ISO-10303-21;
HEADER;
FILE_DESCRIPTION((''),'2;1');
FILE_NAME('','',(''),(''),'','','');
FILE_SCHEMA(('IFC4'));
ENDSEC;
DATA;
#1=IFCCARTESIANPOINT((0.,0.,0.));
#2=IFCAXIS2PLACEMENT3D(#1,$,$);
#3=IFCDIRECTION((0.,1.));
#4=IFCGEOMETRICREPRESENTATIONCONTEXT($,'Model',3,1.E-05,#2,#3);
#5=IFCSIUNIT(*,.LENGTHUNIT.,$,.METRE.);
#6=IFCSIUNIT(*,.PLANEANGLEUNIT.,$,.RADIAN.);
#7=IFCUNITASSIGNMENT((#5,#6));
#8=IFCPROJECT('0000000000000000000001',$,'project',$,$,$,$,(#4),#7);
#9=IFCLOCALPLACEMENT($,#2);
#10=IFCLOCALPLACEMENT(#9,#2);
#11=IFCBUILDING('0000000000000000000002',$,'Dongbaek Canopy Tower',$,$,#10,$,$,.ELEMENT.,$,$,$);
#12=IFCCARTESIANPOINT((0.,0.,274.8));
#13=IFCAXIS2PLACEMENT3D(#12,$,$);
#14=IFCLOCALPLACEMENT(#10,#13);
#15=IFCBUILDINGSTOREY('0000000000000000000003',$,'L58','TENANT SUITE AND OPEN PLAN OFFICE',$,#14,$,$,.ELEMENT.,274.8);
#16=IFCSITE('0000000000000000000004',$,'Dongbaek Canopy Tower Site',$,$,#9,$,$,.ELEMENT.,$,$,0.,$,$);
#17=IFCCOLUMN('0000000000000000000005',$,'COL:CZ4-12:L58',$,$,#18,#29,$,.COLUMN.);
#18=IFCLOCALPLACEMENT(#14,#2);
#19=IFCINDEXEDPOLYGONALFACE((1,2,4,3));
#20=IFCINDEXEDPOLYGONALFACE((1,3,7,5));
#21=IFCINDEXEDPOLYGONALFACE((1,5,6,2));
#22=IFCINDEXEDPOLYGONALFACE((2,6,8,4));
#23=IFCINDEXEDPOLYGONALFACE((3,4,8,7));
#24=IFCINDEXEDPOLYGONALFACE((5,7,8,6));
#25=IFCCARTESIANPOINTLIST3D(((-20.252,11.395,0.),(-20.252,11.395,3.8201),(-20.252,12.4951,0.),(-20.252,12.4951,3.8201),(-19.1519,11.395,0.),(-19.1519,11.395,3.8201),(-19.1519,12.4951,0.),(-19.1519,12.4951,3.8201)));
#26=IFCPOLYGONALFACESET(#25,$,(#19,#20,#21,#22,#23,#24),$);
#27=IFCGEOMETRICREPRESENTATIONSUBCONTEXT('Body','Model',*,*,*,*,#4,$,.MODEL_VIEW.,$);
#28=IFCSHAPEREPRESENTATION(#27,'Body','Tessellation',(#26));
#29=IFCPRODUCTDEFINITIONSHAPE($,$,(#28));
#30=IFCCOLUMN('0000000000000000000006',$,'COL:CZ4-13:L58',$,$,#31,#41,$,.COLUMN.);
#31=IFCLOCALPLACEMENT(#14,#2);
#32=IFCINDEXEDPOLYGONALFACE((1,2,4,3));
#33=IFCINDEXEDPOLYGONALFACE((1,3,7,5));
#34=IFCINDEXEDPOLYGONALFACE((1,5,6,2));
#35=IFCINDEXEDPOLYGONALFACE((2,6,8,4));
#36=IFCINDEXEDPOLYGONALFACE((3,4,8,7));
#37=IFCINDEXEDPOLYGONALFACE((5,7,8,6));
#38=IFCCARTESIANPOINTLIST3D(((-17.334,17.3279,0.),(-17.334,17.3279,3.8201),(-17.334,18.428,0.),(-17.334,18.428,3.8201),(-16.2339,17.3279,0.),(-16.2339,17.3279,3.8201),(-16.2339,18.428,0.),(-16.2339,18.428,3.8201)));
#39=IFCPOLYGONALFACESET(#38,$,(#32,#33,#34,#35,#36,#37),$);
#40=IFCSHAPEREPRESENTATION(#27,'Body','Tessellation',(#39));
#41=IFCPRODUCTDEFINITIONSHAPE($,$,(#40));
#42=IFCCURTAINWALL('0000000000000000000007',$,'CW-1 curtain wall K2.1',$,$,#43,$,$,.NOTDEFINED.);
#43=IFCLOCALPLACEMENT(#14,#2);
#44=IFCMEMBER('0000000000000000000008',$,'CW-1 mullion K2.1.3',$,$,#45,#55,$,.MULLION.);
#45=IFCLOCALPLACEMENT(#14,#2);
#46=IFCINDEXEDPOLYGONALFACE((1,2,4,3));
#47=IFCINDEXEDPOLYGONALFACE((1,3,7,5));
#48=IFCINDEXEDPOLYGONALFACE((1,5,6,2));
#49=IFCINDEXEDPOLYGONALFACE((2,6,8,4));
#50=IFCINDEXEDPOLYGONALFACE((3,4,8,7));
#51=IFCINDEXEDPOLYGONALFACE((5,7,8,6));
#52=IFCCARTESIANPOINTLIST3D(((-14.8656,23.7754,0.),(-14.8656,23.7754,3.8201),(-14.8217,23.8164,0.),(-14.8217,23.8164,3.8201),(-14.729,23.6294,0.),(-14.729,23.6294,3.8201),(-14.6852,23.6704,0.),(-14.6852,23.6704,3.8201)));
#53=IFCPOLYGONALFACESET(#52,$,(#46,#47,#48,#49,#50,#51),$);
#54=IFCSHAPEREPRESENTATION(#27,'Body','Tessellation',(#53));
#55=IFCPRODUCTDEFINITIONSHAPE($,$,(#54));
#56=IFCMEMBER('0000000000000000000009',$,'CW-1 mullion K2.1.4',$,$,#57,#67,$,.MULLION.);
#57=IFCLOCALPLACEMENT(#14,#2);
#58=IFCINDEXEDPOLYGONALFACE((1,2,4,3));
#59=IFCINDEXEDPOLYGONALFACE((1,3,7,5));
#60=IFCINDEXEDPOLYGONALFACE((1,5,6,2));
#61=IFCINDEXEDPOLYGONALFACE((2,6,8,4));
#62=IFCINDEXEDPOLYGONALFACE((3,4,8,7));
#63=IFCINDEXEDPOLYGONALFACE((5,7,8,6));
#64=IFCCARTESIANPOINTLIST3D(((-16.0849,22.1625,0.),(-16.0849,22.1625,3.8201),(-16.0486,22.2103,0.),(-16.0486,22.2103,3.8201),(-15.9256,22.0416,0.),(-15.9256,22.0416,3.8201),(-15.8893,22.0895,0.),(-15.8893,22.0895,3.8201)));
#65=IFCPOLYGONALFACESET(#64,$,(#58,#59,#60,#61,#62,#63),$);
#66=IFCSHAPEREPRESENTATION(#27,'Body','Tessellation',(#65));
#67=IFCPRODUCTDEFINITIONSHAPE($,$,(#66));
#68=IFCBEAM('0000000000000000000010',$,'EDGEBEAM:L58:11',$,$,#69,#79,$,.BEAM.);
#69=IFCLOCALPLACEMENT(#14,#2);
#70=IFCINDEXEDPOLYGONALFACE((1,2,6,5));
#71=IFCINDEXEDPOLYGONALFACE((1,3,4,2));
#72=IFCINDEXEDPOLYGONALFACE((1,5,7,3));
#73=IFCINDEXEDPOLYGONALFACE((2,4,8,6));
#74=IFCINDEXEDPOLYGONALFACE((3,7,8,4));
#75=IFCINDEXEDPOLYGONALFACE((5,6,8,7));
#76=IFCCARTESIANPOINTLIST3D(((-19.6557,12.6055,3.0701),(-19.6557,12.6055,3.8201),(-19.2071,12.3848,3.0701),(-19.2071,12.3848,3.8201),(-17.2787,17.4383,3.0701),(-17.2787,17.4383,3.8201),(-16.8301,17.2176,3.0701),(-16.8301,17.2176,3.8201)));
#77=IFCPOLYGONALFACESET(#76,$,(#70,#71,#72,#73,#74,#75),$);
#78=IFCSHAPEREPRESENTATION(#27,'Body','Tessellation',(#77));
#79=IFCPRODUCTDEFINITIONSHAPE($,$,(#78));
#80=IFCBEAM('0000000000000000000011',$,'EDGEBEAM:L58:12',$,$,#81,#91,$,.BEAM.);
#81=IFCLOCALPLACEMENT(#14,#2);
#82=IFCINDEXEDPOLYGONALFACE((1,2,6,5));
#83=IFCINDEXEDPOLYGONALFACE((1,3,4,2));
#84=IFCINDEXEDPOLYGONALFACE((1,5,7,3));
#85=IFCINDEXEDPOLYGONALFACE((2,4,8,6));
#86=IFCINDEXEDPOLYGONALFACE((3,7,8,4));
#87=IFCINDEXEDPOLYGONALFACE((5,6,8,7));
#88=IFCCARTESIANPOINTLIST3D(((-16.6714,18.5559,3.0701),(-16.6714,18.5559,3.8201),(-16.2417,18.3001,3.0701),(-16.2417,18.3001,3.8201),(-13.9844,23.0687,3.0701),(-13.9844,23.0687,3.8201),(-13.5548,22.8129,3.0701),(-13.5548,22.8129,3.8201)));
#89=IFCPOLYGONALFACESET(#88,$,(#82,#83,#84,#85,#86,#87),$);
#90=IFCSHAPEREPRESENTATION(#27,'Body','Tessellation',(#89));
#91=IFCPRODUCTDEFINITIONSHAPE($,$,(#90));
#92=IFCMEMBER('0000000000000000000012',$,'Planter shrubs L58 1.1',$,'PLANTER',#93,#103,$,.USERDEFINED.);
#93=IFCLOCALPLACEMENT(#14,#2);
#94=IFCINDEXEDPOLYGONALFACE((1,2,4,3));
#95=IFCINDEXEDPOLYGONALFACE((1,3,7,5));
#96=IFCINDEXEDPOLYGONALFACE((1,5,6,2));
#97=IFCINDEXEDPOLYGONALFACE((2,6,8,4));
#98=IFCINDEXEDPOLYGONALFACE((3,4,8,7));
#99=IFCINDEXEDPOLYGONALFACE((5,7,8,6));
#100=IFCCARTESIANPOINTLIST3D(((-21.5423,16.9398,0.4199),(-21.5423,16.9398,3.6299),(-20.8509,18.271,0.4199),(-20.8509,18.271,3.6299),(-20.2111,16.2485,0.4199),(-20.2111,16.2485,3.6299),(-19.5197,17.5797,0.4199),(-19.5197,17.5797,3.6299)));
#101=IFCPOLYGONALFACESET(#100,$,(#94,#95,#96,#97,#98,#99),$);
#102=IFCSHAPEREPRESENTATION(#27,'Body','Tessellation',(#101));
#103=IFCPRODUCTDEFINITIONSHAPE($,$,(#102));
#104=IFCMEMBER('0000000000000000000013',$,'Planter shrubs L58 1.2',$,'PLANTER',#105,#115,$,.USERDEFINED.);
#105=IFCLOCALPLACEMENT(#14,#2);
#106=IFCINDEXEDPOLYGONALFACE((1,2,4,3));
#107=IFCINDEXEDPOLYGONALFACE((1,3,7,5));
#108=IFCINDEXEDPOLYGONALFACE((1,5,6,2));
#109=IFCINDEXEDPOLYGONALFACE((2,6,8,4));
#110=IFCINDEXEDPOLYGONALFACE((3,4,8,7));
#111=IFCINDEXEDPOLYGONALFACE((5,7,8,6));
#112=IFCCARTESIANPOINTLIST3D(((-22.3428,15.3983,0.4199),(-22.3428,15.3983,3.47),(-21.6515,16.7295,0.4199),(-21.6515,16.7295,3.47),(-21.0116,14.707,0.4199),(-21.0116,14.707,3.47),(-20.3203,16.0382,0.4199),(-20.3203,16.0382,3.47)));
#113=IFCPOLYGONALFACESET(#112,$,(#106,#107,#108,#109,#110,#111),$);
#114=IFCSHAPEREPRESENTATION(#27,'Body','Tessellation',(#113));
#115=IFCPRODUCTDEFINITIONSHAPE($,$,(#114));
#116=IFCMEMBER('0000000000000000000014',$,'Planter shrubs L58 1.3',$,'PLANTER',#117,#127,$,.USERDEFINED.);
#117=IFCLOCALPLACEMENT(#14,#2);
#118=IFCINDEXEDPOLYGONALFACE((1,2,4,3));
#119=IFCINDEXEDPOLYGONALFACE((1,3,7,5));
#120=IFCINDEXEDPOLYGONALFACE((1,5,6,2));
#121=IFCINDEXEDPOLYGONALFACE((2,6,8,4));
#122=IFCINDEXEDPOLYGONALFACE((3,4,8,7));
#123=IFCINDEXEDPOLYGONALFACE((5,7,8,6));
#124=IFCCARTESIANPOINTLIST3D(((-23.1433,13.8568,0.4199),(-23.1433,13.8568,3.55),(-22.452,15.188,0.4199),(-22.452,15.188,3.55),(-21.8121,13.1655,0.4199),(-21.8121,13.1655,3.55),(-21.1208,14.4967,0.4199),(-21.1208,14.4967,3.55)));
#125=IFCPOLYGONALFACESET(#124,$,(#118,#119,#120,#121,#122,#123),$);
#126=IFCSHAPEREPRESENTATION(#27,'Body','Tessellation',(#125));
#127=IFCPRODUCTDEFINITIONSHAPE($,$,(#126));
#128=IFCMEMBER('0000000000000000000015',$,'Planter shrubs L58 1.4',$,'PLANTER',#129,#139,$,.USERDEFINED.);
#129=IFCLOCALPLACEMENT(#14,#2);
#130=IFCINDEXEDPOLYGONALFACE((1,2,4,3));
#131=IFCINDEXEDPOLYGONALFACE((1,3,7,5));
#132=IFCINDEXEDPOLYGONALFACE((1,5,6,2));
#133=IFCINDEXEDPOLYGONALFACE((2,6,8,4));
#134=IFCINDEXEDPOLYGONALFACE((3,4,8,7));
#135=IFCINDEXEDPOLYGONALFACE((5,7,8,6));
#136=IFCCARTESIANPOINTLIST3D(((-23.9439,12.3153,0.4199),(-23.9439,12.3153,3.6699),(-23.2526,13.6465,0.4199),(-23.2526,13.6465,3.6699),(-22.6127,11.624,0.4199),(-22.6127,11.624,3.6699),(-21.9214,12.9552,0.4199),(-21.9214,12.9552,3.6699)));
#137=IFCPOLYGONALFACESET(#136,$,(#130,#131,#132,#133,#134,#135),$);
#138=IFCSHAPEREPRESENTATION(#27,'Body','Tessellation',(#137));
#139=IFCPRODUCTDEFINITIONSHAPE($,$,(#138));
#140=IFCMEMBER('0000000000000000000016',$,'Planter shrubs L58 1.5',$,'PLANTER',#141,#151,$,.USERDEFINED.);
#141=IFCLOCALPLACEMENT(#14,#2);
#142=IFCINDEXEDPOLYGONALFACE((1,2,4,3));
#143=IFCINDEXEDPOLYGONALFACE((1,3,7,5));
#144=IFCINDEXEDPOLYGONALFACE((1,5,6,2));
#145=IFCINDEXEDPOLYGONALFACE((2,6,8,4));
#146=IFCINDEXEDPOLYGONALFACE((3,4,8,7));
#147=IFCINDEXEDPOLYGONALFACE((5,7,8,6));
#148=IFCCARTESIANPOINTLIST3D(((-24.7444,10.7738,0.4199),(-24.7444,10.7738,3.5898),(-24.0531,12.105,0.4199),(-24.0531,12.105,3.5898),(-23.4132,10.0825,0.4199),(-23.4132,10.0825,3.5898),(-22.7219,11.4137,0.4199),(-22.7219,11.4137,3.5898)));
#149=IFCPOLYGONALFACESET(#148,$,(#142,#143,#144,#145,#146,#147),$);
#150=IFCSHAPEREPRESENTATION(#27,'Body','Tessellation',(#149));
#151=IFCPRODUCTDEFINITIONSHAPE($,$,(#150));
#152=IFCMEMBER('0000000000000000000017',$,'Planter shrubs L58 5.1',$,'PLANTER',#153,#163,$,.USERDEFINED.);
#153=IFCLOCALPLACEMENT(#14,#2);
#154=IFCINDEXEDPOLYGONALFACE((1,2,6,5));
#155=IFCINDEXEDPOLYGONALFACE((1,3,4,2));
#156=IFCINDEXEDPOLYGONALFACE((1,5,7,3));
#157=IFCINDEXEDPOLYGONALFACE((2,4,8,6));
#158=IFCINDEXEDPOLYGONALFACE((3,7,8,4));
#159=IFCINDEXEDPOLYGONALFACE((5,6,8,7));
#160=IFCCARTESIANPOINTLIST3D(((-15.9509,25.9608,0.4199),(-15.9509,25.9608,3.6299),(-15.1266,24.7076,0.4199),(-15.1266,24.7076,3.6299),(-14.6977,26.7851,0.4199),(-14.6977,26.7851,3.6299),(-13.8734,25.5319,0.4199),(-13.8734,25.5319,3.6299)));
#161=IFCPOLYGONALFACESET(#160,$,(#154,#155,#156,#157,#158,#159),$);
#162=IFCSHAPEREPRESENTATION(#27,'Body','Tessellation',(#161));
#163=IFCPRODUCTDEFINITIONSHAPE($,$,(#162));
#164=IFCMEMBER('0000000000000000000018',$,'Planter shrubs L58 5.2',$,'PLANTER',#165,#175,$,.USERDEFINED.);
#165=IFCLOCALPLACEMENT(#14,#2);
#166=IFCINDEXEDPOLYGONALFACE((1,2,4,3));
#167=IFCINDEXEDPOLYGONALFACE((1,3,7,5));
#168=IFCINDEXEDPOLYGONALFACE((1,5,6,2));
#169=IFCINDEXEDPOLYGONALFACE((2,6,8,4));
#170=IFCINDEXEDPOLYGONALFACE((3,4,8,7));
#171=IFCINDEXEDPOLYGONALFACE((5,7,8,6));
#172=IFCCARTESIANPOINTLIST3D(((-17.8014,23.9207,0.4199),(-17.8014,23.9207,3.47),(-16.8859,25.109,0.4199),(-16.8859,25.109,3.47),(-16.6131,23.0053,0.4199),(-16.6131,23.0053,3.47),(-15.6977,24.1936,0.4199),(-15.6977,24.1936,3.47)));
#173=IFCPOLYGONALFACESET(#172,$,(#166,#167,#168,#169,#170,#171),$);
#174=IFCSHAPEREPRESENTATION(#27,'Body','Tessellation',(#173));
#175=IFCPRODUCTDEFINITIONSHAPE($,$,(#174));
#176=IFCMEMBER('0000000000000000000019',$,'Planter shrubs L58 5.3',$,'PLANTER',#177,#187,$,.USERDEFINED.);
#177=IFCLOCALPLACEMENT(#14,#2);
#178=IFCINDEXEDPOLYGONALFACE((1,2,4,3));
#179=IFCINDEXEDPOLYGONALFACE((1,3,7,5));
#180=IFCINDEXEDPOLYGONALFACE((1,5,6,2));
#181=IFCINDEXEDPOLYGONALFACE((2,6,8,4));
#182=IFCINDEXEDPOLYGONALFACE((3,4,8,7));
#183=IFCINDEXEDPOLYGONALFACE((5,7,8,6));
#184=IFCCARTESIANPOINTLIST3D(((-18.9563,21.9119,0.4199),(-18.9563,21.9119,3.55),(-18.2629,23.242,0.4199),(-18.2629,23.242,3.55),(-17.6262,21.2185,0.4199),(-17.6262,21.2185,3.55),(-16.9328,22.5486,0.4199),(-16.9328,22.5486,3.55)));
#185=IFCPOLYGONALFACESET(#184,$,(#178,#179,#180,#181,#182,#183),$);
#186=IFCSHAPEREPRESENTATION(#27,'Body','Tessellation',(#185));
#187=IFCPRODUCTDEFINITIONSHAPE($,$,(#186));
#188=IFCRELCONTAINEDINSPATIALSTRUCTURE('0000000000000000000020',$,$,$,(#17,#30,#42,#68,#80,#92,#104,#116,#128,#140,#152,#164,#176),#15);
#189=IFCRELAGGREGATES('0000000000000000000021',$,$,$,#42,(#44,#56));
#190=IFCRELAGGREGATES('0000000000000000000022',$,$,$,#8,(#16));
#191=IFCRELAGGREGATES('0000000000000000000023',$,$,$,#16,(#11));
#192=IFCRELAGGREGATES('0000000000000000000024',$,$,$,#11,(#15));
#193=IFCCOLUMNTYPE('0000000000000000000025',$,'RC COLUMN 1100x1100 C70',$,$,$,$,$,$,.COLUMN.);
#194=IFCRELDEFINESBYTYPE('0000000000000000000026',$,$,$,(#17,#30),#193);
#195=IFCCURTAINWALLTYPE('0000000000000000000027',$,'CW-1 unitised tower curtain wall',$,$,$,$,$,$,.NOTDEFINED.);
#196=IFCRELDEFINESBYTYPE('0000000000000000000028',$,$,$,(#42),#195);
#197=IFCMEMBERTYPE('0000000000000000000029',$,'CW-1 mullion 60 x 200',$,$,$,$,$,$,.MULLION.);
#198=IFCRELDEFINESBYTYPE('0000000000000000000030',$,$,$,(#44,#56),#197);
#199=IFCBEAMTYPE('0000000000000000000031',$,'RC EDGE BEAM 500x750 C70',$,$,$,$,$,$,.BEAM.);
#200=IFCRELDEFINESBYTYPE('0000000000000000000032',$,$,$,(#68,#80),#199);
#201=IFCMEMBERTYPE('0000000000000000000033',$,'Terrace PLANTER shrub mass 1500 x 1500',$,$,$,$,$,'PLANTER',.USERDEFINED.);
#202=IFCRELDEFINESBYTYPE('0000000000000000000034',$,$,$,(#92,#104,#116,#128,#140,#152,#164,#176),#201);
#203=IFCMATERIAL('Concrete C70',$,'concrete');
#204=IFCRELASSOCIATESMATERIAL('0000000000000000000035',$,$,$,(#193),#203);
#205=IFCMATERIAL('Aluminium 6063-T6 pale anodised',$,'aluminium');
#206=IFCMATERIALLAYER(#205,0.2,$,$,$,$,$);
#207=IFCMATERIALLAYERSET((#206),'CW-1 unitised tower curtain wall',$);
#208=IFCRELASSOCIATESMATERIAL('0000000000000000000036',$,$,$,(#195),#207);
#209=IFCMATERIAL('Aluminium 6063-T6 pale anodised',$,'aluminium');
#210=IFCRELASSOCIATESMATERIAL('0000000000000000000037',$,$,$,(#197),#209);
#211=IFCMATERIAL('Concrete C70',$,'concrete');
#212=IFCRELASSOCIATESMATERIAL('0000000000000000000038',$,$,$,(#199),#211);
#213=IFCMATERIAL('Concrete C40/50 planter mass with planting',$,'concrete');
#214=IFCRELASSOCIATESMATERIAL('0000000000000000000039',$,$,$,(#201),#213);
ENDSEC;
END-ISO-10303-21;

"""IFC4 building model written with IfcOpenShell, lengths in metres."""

from ifc_helpers import new_model, si_unit, direction, frame, origin, origin_2d, place, context, subcontext, project, spatial, rectangle, extrude, material, layer, layer_set, material_profile, profile_set, type_object, element, aggregate, save


model = new_model("IFC4")

# Units and contexts
model_context = context("Model", 3, precision=1e-05, world=origin(), true_north=direction((0.0, 1.0)))
body_context = subcontext(model_context, "Body", "Model", "MODEL_VIEW")
ifc_project = project(units=[si_unit("LENGTHUNIT", "METRE"), si_unit("PLANEANGLEUNIT", "RADIAN")], contexts=[model_context])

# Site, building, storey
site_placement = place(None, origin())
site = spatial("IfcSite", under=ifc_project, at=site_placement, Name="Dongbaek Canopy Tower Site", CompositionType="ELEMENT", RefElevation=0.0)
building_placement = place(site_placement, origin())
building = spatial("IfcBuilding", under=site, at=building_placement, Name="Dongbaek Canopy Tower", CompositionType="ELEMENT")
storey_placement = place(building_placement, frame((0.0, 0.0, 274.8)))
storey = spatial("IfcBuildingStorey", under=building, at=storey_placement, Name="L58", Description="TENANT SUITE AND OPEN PLAN OFFICE", CompositionType="ELEMENT", Elevation=274.8)

# Columns
ifc_material_1 = material(Name="Concrete C70", Category="concrete")
ifc_material_profile_1 = material_profile(ifc_material_1, rectangle(XDim=1.1001, YDim=1.1001, at=origin_2d()), Name="RC COLUMN 1100x1100 C70")
ifc_profile_set_1 = profile_set([ifc_material_profile_1], Name="Concrete C70")
column_type = type_object("IfcColumnType", Name="RC COLUMN 1100x1100 C70", PredefinedType="COLUMN", material=ifc_profile_set_1)
for number, where, z_axis, x_axis, name in (
    (1, (-19.7019, 11.9451, 0.0), (0.0, 0.0, 1.0), (1.0, 0.0, 0.0), "COL:CZ4-12:L58"),
    (2, (-16.7839, 17.8779, 0.0), (0.0, 0.0, 1.0), (1.0, 0.0, 0.0), "COL:CZ4-13:L58"),
):
    element("IfcColumn", number, at=place(storey_placement, frame(where, z_axis=z_axis, x_axis=x_axis)), inside=storey, type_object=column_type, Name=name, PredefinedType="COLUMN", context=body_context, shape_type="SweptSolid", body=[
        extrude(rectangle(XDim=1.1001, YDim=1.1001, at=origin_2d()), origin(), (0.0, 0.0, 1.0), 3.8201),
    ])

# Curtain wall, members
ifc_material_2 = material(Name="Aluminium 6063-T6 pale anodised", Category="aluminium")
ifc_layer_1 = layer(ifc_material_2, 0.2)
ifc_layer_set_1 = layer_set([ifc_layer_1], Name="CW-1 unitised tower curtain wall")
curtain_wall_type = type_object("IfcCurtainWallType", Name="CW-1 unitised tower curtain wall", PredefinedType="NOTDEFINED", material=ifc_layer_set_1)
curtain_wall_placement = place(storey_placement, origin())
curtain_wall = element("IfcCurtainWall", 3, at=curtain_wall_placement, inside=storey, type_object=curtain_wall_type, Name="CW-1 curtain wall K2.1", PredefinedType="NOTDEFINED")
ifc_material_3 = material(Name="Aluminium 6063-T6 pale anodised", Category="aluminium")
ifc_material_profile_2 = material_profile(ifc_material_3, rectangle(XDim=0.2, YDim=0.0601, at=origin_2d()), Name="CW-1 mullion 60 x 200")
ifc_profile_set_2 = profile_set([ifc_material_profile_2], Name="Aluminium 6063-T6 pale anodised")
member_type_1 = type_object("IfcMemberType", Name="CW-1 mullion 60 x 200", PredefinedType="MULLION", material=ifc_profile_set_2)
member_1_placement = place(storey_placement, frame((-14.7754, 23.7229, 0.0), z_axis=(0.0, 0.0, 1.0), x_axis=(-0.682961, 0.730455, 0.0)))
member_1 = element("IfcMember", 4, at=member_1_placement, type_object=member_type_1, Name="CW-1 mullion K2.1.3", PredefinedType="MULLION", context=body_context, shape_type="SweptSolid", body=[
    extrude(rectangle(XDim=0.2, YDim=0.0601, at=origin_2d()), origin(), (0.0, 0.0, 1.0), 3.8201),
])
member_2_placement = place(storey_placement, frame((-15.9871, 22.126, 0.0), z_axis=(0.0, 0.0, 1.0), x_axis=(-0.796696, 0.60438, 0.0)))
member_2 = element("IfcMember", 5, at=member_2_placement, type_object=member_type_1, Name="CW-1 mullion K2.1.4", PredefinedType="MULLION", context=body_context, shape_type="SweptSolid", body=[
    extrude(rectangle(XDim=0.2, YDim=0.0601, at=origin_2d()), origin(), (0.0, 0.0, 1.0), 3.8201),
])

# Beams
ifc_material_4 = material(Name="Concrete C70", Category="concrete")
ifc_material_profile_3 = material_profile(ifc_material_4, rectangle(XDim=0.5, YDim=0.75, at=origin_2d()), Name="RC EDGE BEAM 500x750 C70")
ifc_profile_set_3 = profile_set([ifc_material_profile_3], Name="Concrete C70")
beam_type = type_object("IfcBeamType", Name="RC EDGE BEAM 500x750 C70", PredefinedType="BEAM", material=ifc_profile_set_3)
beam_1_placement = place(storey_placement, frame((-19.4314, 12.4951, 3.4451), z_axis=(0.441347, 0.897336, 0.0), x_axis=(-0.897336, 0.441347, 0.0)))
element("IfcBeam", 6, at=beam_1_placement, inside=storey, type_object=beam_type, Name="EDGEBEAM:L58:11", PredefinedType="BEAM", context=body_context, shape_type="SweptSolid", body=[
    extrude(rectangle(XDim=0.5, YDim=0.75, at=origin_2d()), origin(), (0.0, 0.0, 1.0), 5.3857),
])
beam_2_placement = place(storey_placement, frame((-16.4565, 18.428, 3.4451), z_axis=(0.511588, 0.859231, 0.0), x_axis=(-0.859231, 0.511588, 0.0)))
element("IfcBeam", 7, at=beam_2_placement, inside=storey, type_object=beam_type, Name="EDGEBEAM:L58:12", PredefinedType="BEAM", context=body_context, shape_type="SweptSolid", body=[
    extrude(rectangle(XDim=0.5, YDim=0.75, at=origin_2d()), origin(), (0.0, 0.0, 1.0), 5.2522),
])

# Members
ifc_material_5 = material(Name="Concrete C40/50 planter mass with planting", Category="concrete")
ifc_material_profile_4 = material_profile(ifc_material_5, rectangle(XDim=1.5, YDim=1.5, at=origin_2d()), Name="Terrace PLANTER shrub mass 1500 x 1500")
ifc_profile_set_4 = profile_set([ifc_material_profile_4], Name="Concrete C40/50 planter mass with planting")
member_type_2 = type_object("IfcMemberType", Name="Terrace PLANTER shrub mass 1500 x 1500", ElementType="PLANTER", PredefinedType="USERDEFINED", material=ifc_profile_set_4)
member_3_placement = place(storey_placement, frame((-20.531, 17.2598, 0.4199), z_axis=(0.0, 0.0, 1.0), x_axis=(-0.887462, 0.46088, 0.0)))
element("IfcMember", 8, at=member_3_placement, inside=storey, type_object=member_type_2, Name="Planter shrubs L58 1.1", ObjectType="PLANTER", PredefinedType="USERDEFINED", context=body_context, shape_type="SweptSolid", body=[
    extrude(rectangle(XDim=1.5, YDim=1.5, at=origin_2d()), origin(), (0.0, 0.0, 1.0), 3.21),
])
member_4_placement = place(storey_placement, frame((-21.3315, 15.7183, 0.4199), z_axis=(0.0, 0.0, 1.0), x_axis=(-0.887462, 0.46088, 0.0)))
element("IfcMember", 9, at=member_4_placement, inside=storey, type_object=member_type_2, Name="Planter shrubs L58 1.2", ObjectType="PLANTER", PredefinedType="USERDEFINED", context=body_context, shape_type="SweptSolid", body=[
    extrude(rectangle(XDim=1.5, YDim=1.5, at=origin_2d()), origin(), (0.0, 0.0, 1.0), 3.05),
])
member_5_placement = place(storey_placement, frame((-22.1321, 14.1768, 0.4199), z_axis=(0.0, 0.0, 1.0), x_axis=(-0.887462, 0.46088, 0.0)))
element("IfcMember", 10, at=member_5_placement, inside=storey, type_object=member_type_2, Name="Planter shrubs L58 1.3", ObjectType="PLANTER", PredefinedType="USERDEFINED", context=body_context, shape_type="SweptSolid", body=[
    extrude(rectangle(XDim=1.5, YDim=1.5, at=origin_2d()), origin(), (0.0, 0.0, 1.0), 3.1301),
])
member_6_placement = place(storey_placement, frame((-22.9326, 12.6353, 0.4199), z_axis=(0.0, 0.0, 1.0), x_axis=(-0.887462, 0.46088, 0.0)))
element("IfcMember", 11, at=member_6_placement, inside=storey, type_object=member_type_2, Name="Planter shrubs L58 1.4", ObjectType="PLANTER", PredefinedType="USERDEFINED", context=body_context, shape_type="SweptSolid", body=[
    extrude(rectangle(XDim=1.5, YDim=1.5, at=origin_2d()), origin(), (0.0, 0.0, 1.0), 3.25),
])
member_7_placement = place(storey_placement, frame((-23.7332, 11.0938, 0.4199), z_axis=(0.0, 0.0, 1.0), x_axis=(-0.887462, 0.46088, 0.0)))
element("IfcMember", 12, at=member_7_placement, inside=storey, type_object=member_type_2, Name="Planter shrubs L58 1.5", ObjectType="PLANTER", PredefinedType="USERDEFINED", context=body_context, shape_type="SweptSolid", body=[
    extrude(rectangle(XDim=1.5, YDim=1.5, at=origin_2d()), origin(), (0.0, 0.0, 1.0), 3.1699),
])
member_8_placement = place(storey_placement, frame((-14.9121, 25.7463, 0.4199), z_axis=(0.0, 0.0, 1.0), x_axis=(-0.549535, 0.835471, 0.0)))
element("IfcMember", 13, at=member_8_placement, inside=storey, type_object=member_type_2, Name="Planter shrubs L58 5.1", ObjectType="PLANTER", PredefinedType="USERDEFINED", context=body_context, shape_type="SweptSolid", body=[
    extrude(rectangle(XDim=1.5, YDim=1.5, at=origin_2d()), origin(), (0.0, 0.0, 1.0), 3.21),
])
member_9_placement = place(storey_placement, frame((-16.7495, 24.0571, 0.4199), z_axis=(0.0, 0.0, 1.0), x_axis=(-0.792187, 0.610278, 0.0)))
element("IfcMember", 14, at=member_9_placement, inside=storey, type_object=member_type_2, Name="Planter shrubs L58 5.2", ObjectType="PLANTER", PredefinedType="USERDEFINED", context=body_context, shape_type="SweptSolid", body=[
    extrude(rectangle(XDim=1.5, YDim=1.5, at=origin_2d()), origin(), (0.0, 0.0, 1.0), 3.05),
])
member_10_placement = place(storey_placement, frame((-17.9446, 22.2302, 0.4199), z_axis=(0.0, 0.0, 1.0), x_axis=(-0.88673, 0.462288, 0.0)))
element("IfcMember", 15, at=member_10_placement, inside=storey, type_object=member_type_2, Name="Planter shrubs L58 5.3", ObjectType="PLANTER", PredefinedType="USERDEFINED", context=body_context, shape_type="SweptSolid", body=[
    extrude(rectangle(XDim=1.5, YDim=1.5, at=origin_2d()), origin(), (0.0, 0.0, 1.0), 3.1301),
])

aggregate(curtain_wall, [member_1, member_2])

save(model, "model.ifc")
